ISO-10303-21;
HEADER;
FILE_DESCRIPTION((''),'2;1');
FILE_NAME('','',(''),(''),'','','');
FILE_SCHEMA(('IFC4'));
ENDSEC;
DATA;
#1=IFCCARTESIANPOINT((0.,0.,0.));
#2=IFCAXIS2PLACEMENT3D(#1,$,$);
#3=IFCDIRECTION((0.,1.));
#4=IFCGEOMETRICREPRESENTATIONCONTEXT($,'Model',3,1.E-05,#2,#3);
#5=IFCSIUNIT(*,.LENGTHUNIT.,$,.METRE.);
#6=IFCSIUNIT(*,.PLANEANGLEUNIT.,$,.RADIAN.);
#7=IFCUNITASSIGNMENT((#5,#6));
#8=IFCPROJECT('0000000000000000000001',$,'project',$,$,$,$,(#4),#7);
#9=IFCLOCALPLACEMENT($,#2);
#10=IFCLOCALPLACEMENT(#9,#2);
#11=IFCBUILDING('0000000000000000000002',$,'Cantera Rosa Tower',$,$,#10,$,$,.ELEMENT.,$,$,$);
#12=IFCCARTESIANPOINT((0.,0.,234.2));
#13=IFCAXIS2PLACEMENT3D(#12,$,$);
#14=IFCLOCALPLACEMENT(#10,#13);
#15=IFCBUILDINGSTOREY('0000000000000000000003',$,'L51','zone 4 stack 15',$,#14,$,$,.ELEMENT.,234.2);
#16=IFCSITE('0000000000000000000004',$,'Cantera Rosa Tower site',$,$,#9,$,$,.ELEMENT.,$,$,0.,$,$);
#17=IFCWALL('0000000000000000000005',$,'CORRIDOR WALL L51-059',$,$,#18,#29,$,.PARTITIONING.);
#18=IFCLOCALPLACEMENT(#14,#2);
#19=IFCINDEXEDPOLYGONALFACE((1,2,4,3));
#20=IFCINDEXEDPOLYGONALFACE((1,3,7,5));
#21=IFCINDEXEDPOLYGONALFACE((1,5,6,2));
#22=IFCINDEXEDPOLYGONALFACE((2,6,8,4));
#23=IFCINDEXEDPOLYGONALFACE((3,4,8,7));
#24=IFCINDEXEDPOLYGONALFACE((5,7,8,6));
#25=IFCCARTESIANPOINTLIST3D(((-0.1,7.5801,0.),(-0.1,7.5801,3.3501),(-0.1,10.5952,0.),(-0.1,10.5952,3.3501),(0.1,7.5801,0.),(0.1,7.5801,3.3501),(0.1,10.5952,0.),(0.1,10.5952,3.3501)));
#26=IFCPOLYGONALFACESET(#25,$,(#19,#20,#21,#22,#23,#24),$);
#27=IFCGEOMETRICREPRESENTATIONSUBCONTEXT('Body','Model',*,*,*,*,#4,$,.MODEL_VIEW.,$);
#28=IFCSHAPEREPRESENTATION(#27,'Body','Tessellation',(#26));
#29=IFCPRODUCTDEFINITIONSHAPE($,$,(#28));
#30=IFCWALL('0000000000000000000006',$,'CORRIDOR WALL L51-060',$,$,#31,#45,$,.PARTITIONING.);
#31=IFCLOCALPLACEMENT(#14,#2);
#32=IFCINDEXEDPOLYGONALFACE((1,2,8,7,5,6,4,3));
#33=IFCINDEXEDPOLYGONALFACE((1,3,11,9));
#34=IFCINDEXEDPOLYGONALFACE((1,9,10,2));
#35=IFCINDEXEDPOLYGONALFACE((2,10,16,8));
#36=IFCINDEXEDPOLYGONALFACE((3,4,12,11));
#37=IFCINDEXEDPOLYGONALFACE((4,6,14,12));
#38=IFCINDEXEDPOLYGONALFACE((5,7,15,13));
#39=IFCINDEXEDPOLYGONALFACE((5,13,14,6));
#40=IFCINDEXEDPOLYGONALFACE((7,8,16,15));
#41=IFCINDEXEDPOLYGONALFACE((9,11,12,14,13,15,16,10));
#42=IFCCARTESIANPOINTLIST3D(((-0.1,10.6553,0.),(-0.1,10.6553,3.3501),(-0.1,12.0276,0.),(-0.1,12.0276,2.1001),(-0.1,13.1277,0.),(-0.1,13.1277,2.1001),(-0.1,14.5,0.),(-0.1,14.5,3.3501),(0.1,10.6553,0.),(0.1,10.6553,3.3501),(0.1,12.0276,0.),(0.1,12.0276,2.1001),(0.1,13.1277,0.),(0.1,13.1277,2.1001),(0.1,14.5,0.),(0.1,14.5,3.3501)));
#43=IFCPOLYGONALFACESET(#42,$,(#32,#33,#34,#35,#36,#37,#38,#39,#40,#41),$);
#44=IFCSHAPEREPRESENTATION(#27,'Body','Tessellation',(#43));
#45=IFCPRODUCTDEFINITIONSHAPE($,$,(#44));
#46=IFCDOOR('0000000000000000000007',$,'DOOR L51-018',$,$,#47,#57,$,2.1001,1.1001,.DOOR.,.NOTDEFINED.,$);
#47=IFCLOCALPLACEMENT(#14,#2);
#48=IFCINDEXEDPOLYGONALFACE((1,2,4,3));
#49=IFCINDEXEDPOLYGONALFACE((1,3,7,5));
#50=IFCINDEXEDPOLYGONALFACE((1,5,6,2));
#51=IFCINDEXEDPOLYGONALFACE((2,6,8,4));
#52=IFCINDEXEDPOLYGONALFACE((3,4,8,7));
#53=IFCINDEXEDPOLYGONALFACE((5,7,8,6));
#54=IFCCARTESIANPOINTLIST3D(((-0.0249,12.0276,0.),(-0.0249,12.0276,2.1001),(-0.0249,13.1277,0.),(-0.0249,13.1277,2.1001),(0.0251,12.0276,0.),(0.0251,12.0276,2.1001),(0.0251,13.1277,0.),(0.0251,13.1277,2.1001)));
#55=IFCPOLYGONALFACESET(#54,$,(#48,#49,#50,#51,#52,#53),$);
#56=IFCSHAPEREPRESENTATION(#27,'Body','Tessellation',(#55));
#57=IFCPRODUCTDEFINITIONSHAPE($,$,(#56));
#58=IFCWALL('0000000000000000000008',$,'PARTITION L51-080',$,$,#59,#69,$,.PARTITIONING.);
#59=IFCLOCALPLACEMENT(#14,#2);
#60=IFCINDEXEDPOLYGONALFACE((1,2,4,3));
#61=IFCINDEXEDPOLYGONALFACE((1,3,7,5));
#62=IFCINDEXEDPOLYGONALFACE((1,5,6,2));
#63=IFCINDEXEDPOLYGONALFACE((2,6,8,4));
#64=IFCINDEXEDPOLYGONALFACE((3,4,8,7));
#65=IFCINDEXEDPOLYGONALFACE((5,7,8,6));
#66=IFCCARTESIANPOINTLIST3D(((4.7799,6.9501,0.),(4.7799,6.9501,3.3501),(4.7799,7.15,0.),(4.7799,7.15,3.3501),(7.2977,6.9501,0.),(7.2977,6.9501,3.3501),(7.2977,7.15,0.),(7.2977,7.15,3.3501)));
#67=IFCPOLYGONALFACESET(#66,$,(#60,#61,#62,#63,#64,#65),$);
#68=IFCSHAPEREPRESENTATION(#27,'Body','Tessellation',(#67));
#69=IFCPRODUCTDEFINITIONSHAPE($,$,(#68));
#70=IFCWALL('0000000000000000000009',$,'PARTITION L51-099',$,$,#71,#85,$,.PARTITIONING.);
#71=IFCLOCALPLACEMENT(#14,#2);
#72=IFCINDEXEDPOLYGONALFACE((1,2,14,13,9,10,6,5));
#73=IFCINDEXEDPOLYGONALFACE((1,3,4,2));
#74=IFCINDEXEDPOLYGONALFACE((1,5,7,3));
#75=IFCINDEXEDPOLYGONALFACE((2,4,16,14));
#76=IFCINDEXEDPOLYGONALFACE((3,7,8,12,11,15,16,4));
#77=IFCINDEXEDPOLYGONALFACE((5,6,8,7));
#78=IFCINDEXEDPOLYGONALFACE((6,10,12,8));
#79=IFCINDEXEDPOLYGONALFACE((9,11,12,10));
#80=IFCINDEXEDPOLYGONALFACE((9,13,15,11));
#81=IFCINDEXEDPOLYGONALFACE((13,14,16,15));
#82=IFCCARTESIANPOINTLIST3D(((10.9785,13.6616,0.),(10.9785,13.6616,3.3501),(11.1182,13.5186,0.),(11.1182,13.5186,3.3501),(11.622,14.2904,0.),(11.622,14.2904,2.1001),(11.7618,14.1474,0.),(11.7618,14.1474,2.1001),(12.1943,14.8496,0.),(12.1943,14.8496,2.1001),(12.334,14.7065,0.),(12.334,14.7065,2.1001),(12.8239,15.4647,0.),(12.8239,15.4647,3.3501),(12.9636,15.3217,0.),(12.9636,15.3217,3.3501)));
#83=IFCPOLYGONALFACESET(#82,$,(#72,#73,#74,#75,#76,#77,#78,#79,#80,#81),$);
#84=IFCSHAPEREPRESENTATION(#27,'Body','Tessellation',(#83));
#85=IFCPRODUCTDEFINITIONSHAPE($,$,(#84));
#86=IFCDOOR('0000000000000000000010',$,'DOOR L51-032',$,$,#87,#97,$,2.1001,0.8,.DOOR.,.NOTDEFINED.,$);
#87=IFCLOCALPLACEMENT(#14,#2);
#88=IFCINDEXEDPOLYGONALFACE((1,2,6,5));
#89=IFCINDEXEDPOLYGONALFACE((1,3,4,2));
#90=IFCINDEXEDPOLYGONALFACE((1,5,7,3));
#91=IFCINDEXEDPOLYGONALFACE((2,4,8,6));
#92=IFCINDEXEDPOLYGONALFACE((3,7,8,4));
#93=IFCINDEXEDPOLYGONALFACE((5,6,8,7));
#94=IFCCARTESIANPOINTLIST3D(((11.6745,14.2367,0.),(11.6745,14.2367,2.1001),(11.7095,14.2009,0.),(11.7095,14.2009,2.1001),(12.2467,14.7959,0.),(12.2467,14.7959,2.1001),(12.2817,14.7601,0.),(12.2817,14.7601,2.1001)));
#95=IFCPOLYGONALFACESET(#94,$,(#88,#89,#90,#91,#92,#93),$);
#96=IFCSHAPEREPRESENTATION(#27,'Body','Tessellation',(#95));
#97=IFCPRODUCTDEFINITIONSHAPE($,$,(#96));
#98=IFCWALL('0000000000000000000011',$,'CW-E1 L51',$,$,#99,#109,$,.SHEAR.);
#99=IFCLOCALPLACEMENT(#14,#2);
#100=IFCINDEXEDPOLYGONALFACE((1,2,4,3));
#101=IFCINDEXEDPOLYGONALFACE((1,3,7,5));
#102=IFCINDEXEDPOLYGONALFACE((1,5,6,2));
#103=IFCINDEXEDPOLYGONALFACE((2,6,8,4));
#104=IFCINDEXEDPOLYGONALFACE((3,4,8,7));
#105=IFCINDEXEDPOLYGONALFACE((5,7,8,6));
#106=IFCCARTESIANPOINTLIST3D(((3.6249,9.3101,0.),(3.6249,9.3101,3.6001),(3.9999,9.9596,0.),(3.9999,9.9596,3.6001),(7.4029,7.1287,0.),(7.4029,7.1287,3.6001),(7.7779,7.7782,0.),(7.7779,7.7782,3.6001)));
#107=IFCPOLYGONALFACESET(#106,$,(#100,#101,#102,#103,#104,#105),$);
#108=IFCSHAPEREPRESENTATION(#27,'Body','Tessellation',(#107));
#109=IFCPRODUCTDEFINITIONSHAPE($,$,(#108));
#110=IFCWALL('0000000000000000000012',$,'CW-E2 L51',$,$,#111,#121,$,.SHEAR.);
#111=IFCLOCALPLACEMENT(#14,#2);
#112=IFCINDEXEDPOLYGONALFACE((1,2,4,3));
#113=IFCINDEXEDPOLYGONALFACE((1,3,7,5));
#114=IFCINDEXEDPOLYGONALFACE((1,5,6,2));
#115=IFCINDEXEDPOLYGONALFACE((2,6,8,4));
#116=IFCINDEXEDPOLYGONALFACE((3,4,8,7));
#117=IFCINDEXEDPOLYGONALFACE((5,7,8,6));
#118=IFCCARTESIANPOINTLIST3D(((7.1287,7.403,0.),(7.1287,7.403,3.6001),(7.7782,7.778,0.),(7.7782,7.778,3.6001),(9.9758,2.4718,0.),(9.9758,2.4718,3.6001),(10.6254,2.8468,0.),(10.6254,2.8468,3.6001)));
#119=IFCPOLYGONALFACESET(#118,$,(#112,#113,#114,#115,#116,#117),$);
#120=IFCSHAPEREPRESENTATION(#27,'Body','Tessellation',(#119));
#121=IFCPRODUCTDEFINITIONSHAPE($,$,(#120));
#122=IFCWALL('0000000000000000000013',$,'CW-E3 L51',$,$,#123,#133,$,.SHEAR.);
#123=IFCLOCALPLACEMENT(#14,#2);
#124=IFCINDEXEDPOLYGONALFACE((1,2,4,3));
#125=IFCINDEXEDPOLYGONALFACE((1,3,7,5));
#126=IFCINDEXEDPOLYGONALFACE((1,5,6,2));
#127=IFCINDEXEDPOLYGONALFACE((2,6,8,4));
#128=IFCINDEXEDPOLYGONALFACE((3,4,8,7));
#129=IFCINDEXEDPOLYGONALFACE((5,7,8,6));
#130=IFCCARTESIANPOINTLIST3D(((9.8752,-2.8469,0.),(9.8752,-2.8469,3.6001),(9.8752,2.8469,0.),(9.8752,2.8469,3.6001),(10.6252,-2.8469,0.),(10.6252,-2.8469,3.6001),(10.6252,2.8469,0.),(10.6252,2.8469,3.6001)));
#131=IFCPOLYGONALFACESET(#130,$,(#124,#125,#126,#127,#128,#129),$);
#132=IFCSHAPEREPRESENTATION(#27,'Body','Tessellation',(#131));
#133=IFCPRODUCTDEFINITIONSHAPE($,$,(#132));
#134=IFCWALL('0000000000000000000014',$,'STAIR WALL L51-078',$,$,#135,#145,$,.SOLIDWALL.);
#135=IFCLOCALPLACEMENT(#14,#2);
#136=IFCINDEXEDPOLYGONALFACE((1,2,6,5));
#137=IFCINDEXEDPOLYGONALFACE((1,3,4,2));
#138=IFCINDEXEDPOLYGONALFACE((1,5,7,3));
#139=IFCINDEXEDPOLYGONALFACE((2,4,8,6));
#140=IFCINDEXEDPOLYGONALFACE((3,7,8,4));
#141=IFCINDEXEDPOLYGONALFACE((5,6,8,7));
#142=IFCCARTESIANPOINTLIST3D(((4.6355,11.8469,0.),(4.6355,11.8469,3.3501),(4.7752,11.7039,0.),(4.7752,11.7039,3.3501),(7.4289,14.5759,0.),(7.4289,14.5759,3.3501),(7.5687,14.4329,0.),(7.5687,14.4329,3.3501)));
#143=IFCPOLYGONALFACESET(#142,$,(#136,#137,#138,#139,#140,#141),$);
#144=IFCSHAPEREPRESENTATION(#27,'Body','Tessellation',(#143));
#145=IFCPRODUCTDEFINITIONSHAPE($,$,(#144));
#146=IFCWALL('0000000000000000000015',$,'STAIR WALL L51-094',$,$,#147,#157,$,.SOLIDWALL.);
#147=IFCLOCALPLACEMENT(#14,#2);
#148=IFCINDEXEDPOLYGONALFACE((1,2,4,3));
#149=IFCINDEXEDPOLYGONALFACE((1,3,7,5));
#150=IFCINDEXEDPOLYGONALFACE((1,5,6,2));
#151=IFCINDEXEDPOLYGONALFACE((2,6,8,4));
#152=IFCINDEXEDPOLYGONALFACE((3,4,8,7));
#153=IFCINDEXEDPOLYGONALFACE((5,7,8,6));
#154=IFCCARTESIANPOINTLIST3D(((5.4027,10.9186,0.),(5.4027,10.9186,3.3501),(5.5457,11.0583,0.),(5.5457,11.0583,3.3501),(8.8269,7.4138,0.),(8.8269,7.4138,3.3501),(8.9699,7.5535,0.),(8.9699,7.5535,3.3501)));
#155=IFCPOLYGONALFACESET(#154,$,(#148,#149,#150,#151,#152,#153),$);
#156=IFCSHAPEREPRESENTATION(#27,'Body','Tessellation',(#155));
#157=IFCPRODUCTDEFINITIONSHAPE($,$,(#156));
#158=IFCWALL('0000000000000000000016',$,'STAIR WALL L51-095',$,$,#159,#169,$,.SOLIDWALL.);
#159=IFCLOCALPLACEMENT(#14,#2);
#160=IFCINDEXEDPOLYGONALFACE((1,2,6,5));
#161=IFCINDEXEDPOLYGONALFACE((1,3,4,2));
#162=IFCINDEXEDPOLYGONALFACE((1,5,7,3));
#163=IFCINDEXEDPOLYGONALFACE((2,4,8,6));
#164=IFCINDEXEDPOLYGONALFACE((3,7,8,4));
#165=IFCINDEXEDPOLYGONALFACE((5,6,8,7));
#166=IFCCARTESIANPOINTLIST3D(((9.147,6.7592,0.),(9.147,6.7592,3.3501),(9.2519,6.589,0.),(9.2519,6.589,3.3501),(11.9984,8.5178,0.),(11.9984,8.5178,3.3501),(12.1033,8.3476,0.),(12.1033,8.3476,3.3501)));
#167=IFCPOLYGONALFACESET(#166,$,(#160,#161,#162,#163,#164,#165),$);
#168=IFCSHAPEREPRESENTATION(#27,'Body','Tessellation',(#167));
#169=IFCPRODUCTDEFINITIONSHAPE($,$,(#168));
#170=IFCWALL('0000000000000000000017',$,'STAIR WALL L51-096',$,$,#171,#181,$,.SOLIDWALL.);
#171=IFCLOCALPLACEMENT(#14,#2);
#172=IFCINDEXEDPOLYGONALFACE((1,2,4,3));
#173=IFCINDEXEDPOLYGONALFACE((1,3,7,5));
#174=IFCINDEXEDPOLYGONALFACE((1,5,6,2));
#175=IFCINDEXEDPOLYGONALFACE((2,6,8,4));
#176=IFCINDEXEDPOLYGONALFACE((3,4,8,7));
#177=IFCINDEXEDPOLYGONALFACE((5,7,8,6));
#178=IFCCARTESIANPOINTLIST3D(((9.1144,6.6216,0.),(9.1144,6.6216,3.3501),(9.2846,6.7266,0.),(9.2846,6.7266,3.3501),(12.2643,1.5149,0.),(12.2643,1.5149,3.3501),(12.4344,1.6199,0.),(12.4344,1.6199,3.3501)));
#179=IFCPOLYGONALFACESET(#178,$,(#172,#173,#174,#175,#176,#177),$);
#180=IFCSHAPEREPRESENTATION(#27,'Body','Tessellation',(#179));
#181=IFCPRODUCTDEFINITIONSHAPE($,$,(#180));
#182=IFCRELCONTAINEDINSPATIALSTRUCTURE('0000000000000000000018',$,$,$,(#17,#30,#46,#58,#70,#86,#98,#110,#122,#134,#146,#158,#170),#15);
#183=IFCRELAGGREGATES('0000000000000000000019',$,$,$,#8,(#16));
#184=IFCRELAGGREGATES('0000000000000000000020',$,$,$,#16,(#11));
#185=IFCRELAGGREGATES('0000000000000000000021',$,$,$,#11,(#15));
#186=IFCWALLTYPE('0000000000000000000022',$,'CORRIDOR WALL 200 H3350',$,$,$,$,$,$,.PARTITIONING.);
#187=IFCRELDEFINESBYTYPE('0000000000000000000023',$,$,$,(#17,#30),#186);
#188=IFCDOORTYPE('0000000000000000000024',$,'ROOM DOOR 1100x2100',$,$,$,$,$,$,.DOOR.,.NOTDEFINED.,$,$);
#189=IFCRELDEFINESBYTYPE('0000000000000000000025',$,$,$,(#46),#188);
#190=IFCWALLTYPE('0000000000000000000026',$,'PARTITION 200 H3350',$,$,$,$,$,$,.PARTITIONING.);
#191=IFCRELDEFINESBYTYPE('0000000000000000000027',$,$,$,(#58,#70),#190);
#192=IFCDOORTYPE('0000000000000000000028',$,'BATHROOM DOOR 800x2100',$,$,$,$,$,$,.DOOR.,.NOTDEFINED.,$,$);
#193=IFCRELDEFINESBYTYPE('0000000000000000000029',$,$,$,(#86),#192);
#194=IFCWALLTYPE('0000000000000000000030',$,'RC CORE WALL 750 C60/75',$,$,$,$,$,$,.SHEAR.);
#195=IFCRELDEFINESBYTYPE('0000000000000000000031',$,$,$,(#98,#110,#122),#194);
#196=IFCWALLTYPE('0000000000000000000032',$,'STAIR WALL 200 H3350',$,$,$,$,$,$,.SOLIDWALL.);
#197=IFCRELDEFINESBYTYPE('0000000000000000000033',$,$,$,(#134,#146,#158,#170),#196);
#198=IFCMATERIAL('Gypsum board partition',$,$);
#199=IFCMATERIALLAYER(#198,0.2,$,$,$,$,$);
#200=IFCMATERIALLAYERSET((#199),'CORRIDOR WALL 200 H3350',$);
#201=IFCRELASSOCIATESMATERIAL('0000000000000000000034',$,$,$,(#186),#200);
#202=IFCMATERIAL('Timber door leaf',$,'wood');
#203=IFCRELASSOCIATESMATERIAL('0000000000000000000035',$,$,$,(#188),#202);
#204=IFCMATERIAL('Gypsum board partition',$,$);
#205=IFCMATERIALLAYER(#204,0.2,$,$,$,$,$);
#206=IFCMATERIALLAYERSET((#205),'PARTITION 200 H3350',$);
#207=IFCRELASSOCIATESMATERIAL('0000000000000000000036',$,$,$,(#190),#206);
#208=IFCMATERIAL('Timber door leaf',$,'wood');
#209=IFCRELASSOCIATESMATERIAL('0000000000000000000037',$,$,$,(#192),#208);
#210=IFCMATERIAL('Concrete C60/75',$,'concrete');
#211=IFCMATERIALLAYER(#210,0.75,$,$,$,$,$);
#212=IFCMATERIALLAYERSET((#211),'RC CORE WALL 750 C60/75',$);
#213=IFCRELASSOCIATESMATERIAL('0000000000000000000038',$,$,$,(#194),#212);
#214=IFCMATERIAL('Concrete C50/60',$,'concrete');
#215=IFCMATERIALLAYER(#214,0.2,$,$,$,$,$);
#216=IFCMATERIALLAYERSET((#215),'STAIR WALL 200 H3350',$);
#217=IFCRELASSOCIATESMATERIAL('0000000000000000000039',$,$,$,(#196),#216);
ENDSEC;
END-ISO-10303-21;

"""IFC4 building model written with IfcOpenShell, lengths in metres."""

from ifc_helpers import new_model, si_unit, direction, frame, frame_2d, origin, place, context, subcontext, project, spatial, rectangle, extrude, material, layer, layer_set, type_object, element, fill, save


model = new_model("IFC4")

# Units and contexts
model_context = context("Model", 3, precision=1e-05, world=origin(), true_north=direction((0.0, 1.0)))
body_context = subcontext(model_context, "Body", "Model", "MODEL_VIEW")
ifc_project = project(units=[si_unit("LENGTHUNIT", "METRE"), si_unit("PLANEANGLEUNIT", "RADIAN")], contexts=[model_context])

# Site, building, storey
site_placement = place(None, origin())
site = spatial("IfcSite", under=ifc_project, at=site_placement, Name="Cantera Rosa Tower site", CompositionType="ELEMENT", RefElevation=0.0)
building_placement = place(site_placement, origin())
building = spatial("IfcBuilding", under=site, at=building_placement, Name="Cantera Rosa Tower", CompositionType="ELEMENT")
storey_placement = place(building_placement, frame((0.0, 0.0, 234.2)))
storey = spatial("IfcBuildingStorey", under=building, at=storey_placement, Name="L51", Description="zone 4 stack 15", CompositionType="ELEMENT", Elevation=234.2)

# Wall
ifc_material_1 = material(Name="Gypsum board partition")
ifc_layer_1 = layer(ifc_material_1, 0.2)
ifc_layer_set_1 = layer_set([ifc_layer_1], Name="CORRIDOR WALL 200 H3350")
wall_type_1 = type_object("IfcWallType", Name="CORRIDOR WALL 200 H3350", PredefinedType="PARTITIONING", material=ifc_layer_set_1)
wall_1_placement = place(storey_placement, frame((0.0, 7.5801, 0.0), z_axis=(0.0, 0.0, 1.0), x_axis=(0.0, 1.0, 0.0)))
element("IfcWall", 1, at=wall_1_placement, inside=storey, type_object=wall_type_1, Name="CORRIDOR WALL L51-059", PredefinedType="PARTITIONING", context=body_context, shape_type="SweptSolid", body=[
    extrude(rectangle(XDim=3.0151, YDim=0.2, at=frame_2d((1.5076, 0.0))), origin(), (0.0, 0.0, 1.0), 3.3501),
])

# Wall, opening, door
wall_2_placement = place(storey_placement, frame((0.0, 10.6553, 0.0), z_axis=(0.0, 0.0, 1.0), x_axis=(0.0, 1.0, 0.0)))
wall_2 = element("IfcWall", 2, at=wall_2_placement, inside=storey, type_object=wall_type_1, Name="CORRIDOR WALL L51-060", PredefinedType="PARTITIONING", context=body_context, shape_type="SweptSolid", body=[
    extrude(rectangle(XDim=3.8447, YDim=0.2, at=frame_2d((1.9224, 0.0))), origin(), (0.0, 0.0, 1.0), 3.3501),
])
opening_1_placement = place(wall_2_placement, frame((1.3723, 0.0, 0.0)))
opening_1 = element("IfcOpeningElement", 3, at=opening_1_placement, cuts=wall_2, PredefinedType="OPENING", context=body_context, shape_type="SweptSolid", body=[
    extrude(rectangle(XDim=1.1001, YDim=2.1001, at=frame_2d((0.55, 1.05))), frame((0.0, 0.1099, 0.0), z_axis=(0.0, -1.0, 0.0), x_axis=(1.0, 0.0, 0.0)), (0.0, 0.0, 1.0), 0.22),
])
ifc_material_2 = material(Name="Timber door leaf", Category="wood")
door_type_1 = type_object("IfcDoorType", Name="ROOM DOOR 1100x2100", OperationType="NOTDEFINED", PredefinedType="DOOR", material=ifc_material_2)
door_1_placement = place(opening_1_placement, origin())
door_1 = element("IfcDoor", 4, at=door_1_placement, inside=storey, type_object=door_type_1, Name="DOOR L51-018", OperationType="NOTDEFINED", OverallHeight=2.1001, OverallWidth=1.1001, PredefinedType="DOOR", context=body_context, shape_type="SweptSolid", body=[
    extrude(rectangle(XDim=1.1001, YDim=2.1001, at=frame_2d((0.55, 1.05))), frame((0.0, 0.0249, 0.0), z_axis=(0.0, -1.0, 0.0), x_axis=(1.0, 0.0, 0.0)), (0.0, 0.0, 1.0), 0.05),
])
fill(opening_1, door_1)

# Wall
ifc_material_3 = material(Name="Gypsum board partition")
ifc_layer_2 = layer(ifc_material_3, 0.2)
ifc_layer_set_2 = layer_set([ifc_layer_2], Name="PARTITION 200 H3350")
wall_type_2 = type_object("IfcWallType", Name="PARTITION 200 H3350", PredefinedType="PARTITIONING", material=ifc_layer_set_2)
wall_3_placement = place(storey_placement, frame((4.78, 7.05, 0.0), z_axis=(0.0, 0.0, 1.0), x_axis=(1.0, 0.0, 0.0)))
element("IfcWall", 5, at=wall_3_placement, inside=storey, type_object=wall_type_2, Name="PARTITION L51-080", PredefinedType="PARTITIONING", context=body_context, shape_type="SweptSolid", body=[
    extrude(rectangle(XDim=2.5178, YDim=0.2, at=frame_2d((1.2588, 0.0))), origin(), (0.0, 0.0, 1.0), 3.3501),
])

# Wall, opening, door
wall_4_placement = place(storey_placement, frame((11.0483, 13.5901, 0.0), z_axis=(0.0, 0.0, 1.0), x_axis=(0.715244, 0.698875, 0.0)))
wall_4 = element("IfcWall", 6, at=wall_4_placement, inside=storey, type_object=wall_type_2, Name="PARTITION L51-099", PredefinedType="PARTITIONING", context=body_context, shape_type="SweptSolid", body=[
    extrude(rectangle(XDim=2.5801, YDim=0.2, at=frame_2d((1.29, 0.0))), origin(), (0.0, 0.0, 1.0), 3.3501),
])
opening_2_placement = place(wall_4_placement, frame((0.8999, 0.0, 0.0)))
opening_2 = element("IfcOpeningElement", 7, at=opening_2_placement, cuts=wall_4, PredefinedType="OPENING", context=body_context, shape_type="SweptSolid", body=[
    extrude(rectangle(XDim=0.8, YDim=2.1001, at=frame_2d((0.3999, 1.05))), frame((0.0, 0.1099, 0.0), z_axis=(0.0, -1.0, 0.0), x_axis=(1.0, 0.0, 0.0)), (0.0, 0.0, 1.0), 0.22),
])
ifc_material_4 = material(Name="Timber door leaf", Category="wood")
door_type_2 = type_object("IfcDoorType", Name="BATHROOM DOOR 800x2100", OperationType="NOTDEFINED", PredefinedType="DOOR", material=ifc_material_4)
door_2_placement = place(opening_2_placement, origin())
door_2 = element("IfcDoor", 8, at=door_2_placement, inside=storey, type_object=door_type_2, Name="DOOR L51-032", OperationType="NOTDEFINED", OverallHeight=2.1001, OverallWidth=0.8, PredefinedType="DOOR", context=body_context, shape_type="SweptSolid", body=[
    extrude(rectangle(XDim=0.8, YDim=2.1001, at=frame_2d((0.3999, 1.05))), frame((0.0, 0.0249, 0.0), z_axis=(0.0, -1.0, 0.0), x_axis=(1.0, 0.0, 0.0)), (0.0, 0.0, 1.0), 0.05),
])
fill(opening_2, door_2)

# Walls
ifc_material_5 = material(Name="Concrete C60/75", Category="concrete")
ifc_layer_3 = layer(ifc_material_5, 0.75)
ifc_layer_set_3 = layer_set([ifc_layer_3], Name="RC CORE WALL 750 C60/75")
wall_type_3 = type_object("IfcWallType", Name="RC CORE WALL 750 C60/75", PredefinedType="SHEAR", material=ifc_layer_set_3)
wall_5_placement = place(storey_placement, frame((3.8125, 9.6348, 0.0), z_axis=(0.0, 0.0, 1.0), x_axis=(0.866013, -0.500021, 0.0)))
element("IfcWall", 9, at=wall_5_placement, inside=storey, type_object=wall_type_3, Name="CW-E1 L51", PredefinedType="SHEAR", context=body_context, shape_type="SweptSolid", body=[
    extrude(rectangle(XDim=4.3625, YDim=0.75, at=frame_2d((2.1812, 0.0))), origin(), (0.0, 0.0, 1.0), 3.6001),
])
wall_6_placement = place(storey_placement, frame((7.4534, 7.5906, 0.0), z_axis=(0.0, 0.0, 1.0), x_axis=(0.500022, -0.866013, 0.0)))
element("IfcWall", 10, at=wall_6_placement, inside=storey, type_object=wall_type_3, Name="CW-E2 L51", PredefinedType="SHEAR", context=body_context, shape_type="SweptSolid", body=[
    extrude(rectangle(XDim=5.6941, YDim=0.75, at=frame_2d((2.8472, 0.0))), origin(), (0.0, 0.0, 1.0), 3.6001),
])
wall_7_placement = place(storey_placement, frame((10.2502, 2.8469, 0.0), z_axis=(0.0, 0.0, 1.0), x_axis=(0.0, -1.0, 0.0)))
element("IfcWall", 11, at=wall_7_placement, inside=storey, type_object=wall_type_3, Name="CW-E3 L51", PredefinedType="SHEAR", context=body_context, shape_type="SweptSolid", body=[
    extrude(rectangle(XDim=5.6938, YDim=0.75, at=frame_2d((2.8469, 0.0))), origin(), (0.0, 0.0, 1.0), 3.6001),
])
ifc_material_6 = material(Name="Concrete C50/60", Category="concrete")
ifc_layer_4 = layer(ifc_material_6, 0.2)
ifc_layer_set_4 = layer_set([ifc_layer_4], Name="STAIR WALL 200 H3350")
wall_type_4 = type_object("IfcWallType", Name="STAIR WALL 200 H3350", PredefinedType="SOLIDWALL", material=ifc_layer_set_4)
wall_8_placement = place(storey_placement, frame((4.7053, 11.7754, 0.0), z_axis=(0.0, 0.0, 1.0), x_axis=(0.715311, 0.698806, 0.0)))
element("IfcWall", 12, at=wall_8_placement, inside=storey, type_object=wall_type_4, Name="STAIR WALL L51-078", PredefinedType="SOLIDWALL", context=body_context, shape_type="SweptSolid", body=[
    extrude(rectangle(XDim=3.9053, YDim=0.2, at=frame_2d((1.9526, 0.0))), origin(), (0.0, 0.0, 1.0), 3.3501),
])
wall_9_placement = place(storey_placement, frame((8.8984, 7.4836, 0.0), z_axis=(0.0, 0.0, 1.0), x_axis=(-0.698838, 0.71528, 0.0)))
element("IfcWall", 13, at=wall_9_placement, inside=storey, type_object=wall_type_4, Name="STAIR WALL L51-094", PredefinedType="SOLIDWALL", context=body_context, shape_type="SweptSolid", body=[
    extrude(rectangle(XDim=4.8999, YDim=0.2, at=frame_2d((2.45, 0.0))), origin(), (0.0, 0.0, 1.0), 3.3501),
])
wall_10_placement = place(storey_placement, frame((9.1995, 6.6741, 0.0), z_axis=(0.0, 0.0, 1.0), x_axis=(0.85114, 0.524939, 0.0)))
element("IfcWall", 14, at=wall_10_placement, inside=storey, type_object=wall_type_4, Name="STAIR WALL L51-095", PredefinedType="SOLIDWALL", context=body_context, shape_type="SweptSolid", body=[
    extrude(rectangle(XDim=3.3501, YDim=0.2, at=frame_2d((1.675, 0.0))), origin(), (0.0, 0.0, 1.0), 3.3501),
])
wall_11_placement = place(storey_placement, frame((9.1995, 6.6741, 0.0), z_axis=(0.0, 0.0, 1.0), x_axis=(0.524983, -0.851113, 0.0)))
element("IfcWall", 15, at=wall_11_placement, inside=storey, type_object=wall_type_4, Name="STAIR WALL L51-096", PredefinedType="SOLIDWALL", context=body_context, shape_type="SweptSolid", body=[
    extrude(rectangle(XDim=6.0, YDim=0.2, at=frame_2d((3.0, 0.0))), origin(), (0.0, 0.0, 1.0), 3.3501),
])

save(model, "model.ifc")
